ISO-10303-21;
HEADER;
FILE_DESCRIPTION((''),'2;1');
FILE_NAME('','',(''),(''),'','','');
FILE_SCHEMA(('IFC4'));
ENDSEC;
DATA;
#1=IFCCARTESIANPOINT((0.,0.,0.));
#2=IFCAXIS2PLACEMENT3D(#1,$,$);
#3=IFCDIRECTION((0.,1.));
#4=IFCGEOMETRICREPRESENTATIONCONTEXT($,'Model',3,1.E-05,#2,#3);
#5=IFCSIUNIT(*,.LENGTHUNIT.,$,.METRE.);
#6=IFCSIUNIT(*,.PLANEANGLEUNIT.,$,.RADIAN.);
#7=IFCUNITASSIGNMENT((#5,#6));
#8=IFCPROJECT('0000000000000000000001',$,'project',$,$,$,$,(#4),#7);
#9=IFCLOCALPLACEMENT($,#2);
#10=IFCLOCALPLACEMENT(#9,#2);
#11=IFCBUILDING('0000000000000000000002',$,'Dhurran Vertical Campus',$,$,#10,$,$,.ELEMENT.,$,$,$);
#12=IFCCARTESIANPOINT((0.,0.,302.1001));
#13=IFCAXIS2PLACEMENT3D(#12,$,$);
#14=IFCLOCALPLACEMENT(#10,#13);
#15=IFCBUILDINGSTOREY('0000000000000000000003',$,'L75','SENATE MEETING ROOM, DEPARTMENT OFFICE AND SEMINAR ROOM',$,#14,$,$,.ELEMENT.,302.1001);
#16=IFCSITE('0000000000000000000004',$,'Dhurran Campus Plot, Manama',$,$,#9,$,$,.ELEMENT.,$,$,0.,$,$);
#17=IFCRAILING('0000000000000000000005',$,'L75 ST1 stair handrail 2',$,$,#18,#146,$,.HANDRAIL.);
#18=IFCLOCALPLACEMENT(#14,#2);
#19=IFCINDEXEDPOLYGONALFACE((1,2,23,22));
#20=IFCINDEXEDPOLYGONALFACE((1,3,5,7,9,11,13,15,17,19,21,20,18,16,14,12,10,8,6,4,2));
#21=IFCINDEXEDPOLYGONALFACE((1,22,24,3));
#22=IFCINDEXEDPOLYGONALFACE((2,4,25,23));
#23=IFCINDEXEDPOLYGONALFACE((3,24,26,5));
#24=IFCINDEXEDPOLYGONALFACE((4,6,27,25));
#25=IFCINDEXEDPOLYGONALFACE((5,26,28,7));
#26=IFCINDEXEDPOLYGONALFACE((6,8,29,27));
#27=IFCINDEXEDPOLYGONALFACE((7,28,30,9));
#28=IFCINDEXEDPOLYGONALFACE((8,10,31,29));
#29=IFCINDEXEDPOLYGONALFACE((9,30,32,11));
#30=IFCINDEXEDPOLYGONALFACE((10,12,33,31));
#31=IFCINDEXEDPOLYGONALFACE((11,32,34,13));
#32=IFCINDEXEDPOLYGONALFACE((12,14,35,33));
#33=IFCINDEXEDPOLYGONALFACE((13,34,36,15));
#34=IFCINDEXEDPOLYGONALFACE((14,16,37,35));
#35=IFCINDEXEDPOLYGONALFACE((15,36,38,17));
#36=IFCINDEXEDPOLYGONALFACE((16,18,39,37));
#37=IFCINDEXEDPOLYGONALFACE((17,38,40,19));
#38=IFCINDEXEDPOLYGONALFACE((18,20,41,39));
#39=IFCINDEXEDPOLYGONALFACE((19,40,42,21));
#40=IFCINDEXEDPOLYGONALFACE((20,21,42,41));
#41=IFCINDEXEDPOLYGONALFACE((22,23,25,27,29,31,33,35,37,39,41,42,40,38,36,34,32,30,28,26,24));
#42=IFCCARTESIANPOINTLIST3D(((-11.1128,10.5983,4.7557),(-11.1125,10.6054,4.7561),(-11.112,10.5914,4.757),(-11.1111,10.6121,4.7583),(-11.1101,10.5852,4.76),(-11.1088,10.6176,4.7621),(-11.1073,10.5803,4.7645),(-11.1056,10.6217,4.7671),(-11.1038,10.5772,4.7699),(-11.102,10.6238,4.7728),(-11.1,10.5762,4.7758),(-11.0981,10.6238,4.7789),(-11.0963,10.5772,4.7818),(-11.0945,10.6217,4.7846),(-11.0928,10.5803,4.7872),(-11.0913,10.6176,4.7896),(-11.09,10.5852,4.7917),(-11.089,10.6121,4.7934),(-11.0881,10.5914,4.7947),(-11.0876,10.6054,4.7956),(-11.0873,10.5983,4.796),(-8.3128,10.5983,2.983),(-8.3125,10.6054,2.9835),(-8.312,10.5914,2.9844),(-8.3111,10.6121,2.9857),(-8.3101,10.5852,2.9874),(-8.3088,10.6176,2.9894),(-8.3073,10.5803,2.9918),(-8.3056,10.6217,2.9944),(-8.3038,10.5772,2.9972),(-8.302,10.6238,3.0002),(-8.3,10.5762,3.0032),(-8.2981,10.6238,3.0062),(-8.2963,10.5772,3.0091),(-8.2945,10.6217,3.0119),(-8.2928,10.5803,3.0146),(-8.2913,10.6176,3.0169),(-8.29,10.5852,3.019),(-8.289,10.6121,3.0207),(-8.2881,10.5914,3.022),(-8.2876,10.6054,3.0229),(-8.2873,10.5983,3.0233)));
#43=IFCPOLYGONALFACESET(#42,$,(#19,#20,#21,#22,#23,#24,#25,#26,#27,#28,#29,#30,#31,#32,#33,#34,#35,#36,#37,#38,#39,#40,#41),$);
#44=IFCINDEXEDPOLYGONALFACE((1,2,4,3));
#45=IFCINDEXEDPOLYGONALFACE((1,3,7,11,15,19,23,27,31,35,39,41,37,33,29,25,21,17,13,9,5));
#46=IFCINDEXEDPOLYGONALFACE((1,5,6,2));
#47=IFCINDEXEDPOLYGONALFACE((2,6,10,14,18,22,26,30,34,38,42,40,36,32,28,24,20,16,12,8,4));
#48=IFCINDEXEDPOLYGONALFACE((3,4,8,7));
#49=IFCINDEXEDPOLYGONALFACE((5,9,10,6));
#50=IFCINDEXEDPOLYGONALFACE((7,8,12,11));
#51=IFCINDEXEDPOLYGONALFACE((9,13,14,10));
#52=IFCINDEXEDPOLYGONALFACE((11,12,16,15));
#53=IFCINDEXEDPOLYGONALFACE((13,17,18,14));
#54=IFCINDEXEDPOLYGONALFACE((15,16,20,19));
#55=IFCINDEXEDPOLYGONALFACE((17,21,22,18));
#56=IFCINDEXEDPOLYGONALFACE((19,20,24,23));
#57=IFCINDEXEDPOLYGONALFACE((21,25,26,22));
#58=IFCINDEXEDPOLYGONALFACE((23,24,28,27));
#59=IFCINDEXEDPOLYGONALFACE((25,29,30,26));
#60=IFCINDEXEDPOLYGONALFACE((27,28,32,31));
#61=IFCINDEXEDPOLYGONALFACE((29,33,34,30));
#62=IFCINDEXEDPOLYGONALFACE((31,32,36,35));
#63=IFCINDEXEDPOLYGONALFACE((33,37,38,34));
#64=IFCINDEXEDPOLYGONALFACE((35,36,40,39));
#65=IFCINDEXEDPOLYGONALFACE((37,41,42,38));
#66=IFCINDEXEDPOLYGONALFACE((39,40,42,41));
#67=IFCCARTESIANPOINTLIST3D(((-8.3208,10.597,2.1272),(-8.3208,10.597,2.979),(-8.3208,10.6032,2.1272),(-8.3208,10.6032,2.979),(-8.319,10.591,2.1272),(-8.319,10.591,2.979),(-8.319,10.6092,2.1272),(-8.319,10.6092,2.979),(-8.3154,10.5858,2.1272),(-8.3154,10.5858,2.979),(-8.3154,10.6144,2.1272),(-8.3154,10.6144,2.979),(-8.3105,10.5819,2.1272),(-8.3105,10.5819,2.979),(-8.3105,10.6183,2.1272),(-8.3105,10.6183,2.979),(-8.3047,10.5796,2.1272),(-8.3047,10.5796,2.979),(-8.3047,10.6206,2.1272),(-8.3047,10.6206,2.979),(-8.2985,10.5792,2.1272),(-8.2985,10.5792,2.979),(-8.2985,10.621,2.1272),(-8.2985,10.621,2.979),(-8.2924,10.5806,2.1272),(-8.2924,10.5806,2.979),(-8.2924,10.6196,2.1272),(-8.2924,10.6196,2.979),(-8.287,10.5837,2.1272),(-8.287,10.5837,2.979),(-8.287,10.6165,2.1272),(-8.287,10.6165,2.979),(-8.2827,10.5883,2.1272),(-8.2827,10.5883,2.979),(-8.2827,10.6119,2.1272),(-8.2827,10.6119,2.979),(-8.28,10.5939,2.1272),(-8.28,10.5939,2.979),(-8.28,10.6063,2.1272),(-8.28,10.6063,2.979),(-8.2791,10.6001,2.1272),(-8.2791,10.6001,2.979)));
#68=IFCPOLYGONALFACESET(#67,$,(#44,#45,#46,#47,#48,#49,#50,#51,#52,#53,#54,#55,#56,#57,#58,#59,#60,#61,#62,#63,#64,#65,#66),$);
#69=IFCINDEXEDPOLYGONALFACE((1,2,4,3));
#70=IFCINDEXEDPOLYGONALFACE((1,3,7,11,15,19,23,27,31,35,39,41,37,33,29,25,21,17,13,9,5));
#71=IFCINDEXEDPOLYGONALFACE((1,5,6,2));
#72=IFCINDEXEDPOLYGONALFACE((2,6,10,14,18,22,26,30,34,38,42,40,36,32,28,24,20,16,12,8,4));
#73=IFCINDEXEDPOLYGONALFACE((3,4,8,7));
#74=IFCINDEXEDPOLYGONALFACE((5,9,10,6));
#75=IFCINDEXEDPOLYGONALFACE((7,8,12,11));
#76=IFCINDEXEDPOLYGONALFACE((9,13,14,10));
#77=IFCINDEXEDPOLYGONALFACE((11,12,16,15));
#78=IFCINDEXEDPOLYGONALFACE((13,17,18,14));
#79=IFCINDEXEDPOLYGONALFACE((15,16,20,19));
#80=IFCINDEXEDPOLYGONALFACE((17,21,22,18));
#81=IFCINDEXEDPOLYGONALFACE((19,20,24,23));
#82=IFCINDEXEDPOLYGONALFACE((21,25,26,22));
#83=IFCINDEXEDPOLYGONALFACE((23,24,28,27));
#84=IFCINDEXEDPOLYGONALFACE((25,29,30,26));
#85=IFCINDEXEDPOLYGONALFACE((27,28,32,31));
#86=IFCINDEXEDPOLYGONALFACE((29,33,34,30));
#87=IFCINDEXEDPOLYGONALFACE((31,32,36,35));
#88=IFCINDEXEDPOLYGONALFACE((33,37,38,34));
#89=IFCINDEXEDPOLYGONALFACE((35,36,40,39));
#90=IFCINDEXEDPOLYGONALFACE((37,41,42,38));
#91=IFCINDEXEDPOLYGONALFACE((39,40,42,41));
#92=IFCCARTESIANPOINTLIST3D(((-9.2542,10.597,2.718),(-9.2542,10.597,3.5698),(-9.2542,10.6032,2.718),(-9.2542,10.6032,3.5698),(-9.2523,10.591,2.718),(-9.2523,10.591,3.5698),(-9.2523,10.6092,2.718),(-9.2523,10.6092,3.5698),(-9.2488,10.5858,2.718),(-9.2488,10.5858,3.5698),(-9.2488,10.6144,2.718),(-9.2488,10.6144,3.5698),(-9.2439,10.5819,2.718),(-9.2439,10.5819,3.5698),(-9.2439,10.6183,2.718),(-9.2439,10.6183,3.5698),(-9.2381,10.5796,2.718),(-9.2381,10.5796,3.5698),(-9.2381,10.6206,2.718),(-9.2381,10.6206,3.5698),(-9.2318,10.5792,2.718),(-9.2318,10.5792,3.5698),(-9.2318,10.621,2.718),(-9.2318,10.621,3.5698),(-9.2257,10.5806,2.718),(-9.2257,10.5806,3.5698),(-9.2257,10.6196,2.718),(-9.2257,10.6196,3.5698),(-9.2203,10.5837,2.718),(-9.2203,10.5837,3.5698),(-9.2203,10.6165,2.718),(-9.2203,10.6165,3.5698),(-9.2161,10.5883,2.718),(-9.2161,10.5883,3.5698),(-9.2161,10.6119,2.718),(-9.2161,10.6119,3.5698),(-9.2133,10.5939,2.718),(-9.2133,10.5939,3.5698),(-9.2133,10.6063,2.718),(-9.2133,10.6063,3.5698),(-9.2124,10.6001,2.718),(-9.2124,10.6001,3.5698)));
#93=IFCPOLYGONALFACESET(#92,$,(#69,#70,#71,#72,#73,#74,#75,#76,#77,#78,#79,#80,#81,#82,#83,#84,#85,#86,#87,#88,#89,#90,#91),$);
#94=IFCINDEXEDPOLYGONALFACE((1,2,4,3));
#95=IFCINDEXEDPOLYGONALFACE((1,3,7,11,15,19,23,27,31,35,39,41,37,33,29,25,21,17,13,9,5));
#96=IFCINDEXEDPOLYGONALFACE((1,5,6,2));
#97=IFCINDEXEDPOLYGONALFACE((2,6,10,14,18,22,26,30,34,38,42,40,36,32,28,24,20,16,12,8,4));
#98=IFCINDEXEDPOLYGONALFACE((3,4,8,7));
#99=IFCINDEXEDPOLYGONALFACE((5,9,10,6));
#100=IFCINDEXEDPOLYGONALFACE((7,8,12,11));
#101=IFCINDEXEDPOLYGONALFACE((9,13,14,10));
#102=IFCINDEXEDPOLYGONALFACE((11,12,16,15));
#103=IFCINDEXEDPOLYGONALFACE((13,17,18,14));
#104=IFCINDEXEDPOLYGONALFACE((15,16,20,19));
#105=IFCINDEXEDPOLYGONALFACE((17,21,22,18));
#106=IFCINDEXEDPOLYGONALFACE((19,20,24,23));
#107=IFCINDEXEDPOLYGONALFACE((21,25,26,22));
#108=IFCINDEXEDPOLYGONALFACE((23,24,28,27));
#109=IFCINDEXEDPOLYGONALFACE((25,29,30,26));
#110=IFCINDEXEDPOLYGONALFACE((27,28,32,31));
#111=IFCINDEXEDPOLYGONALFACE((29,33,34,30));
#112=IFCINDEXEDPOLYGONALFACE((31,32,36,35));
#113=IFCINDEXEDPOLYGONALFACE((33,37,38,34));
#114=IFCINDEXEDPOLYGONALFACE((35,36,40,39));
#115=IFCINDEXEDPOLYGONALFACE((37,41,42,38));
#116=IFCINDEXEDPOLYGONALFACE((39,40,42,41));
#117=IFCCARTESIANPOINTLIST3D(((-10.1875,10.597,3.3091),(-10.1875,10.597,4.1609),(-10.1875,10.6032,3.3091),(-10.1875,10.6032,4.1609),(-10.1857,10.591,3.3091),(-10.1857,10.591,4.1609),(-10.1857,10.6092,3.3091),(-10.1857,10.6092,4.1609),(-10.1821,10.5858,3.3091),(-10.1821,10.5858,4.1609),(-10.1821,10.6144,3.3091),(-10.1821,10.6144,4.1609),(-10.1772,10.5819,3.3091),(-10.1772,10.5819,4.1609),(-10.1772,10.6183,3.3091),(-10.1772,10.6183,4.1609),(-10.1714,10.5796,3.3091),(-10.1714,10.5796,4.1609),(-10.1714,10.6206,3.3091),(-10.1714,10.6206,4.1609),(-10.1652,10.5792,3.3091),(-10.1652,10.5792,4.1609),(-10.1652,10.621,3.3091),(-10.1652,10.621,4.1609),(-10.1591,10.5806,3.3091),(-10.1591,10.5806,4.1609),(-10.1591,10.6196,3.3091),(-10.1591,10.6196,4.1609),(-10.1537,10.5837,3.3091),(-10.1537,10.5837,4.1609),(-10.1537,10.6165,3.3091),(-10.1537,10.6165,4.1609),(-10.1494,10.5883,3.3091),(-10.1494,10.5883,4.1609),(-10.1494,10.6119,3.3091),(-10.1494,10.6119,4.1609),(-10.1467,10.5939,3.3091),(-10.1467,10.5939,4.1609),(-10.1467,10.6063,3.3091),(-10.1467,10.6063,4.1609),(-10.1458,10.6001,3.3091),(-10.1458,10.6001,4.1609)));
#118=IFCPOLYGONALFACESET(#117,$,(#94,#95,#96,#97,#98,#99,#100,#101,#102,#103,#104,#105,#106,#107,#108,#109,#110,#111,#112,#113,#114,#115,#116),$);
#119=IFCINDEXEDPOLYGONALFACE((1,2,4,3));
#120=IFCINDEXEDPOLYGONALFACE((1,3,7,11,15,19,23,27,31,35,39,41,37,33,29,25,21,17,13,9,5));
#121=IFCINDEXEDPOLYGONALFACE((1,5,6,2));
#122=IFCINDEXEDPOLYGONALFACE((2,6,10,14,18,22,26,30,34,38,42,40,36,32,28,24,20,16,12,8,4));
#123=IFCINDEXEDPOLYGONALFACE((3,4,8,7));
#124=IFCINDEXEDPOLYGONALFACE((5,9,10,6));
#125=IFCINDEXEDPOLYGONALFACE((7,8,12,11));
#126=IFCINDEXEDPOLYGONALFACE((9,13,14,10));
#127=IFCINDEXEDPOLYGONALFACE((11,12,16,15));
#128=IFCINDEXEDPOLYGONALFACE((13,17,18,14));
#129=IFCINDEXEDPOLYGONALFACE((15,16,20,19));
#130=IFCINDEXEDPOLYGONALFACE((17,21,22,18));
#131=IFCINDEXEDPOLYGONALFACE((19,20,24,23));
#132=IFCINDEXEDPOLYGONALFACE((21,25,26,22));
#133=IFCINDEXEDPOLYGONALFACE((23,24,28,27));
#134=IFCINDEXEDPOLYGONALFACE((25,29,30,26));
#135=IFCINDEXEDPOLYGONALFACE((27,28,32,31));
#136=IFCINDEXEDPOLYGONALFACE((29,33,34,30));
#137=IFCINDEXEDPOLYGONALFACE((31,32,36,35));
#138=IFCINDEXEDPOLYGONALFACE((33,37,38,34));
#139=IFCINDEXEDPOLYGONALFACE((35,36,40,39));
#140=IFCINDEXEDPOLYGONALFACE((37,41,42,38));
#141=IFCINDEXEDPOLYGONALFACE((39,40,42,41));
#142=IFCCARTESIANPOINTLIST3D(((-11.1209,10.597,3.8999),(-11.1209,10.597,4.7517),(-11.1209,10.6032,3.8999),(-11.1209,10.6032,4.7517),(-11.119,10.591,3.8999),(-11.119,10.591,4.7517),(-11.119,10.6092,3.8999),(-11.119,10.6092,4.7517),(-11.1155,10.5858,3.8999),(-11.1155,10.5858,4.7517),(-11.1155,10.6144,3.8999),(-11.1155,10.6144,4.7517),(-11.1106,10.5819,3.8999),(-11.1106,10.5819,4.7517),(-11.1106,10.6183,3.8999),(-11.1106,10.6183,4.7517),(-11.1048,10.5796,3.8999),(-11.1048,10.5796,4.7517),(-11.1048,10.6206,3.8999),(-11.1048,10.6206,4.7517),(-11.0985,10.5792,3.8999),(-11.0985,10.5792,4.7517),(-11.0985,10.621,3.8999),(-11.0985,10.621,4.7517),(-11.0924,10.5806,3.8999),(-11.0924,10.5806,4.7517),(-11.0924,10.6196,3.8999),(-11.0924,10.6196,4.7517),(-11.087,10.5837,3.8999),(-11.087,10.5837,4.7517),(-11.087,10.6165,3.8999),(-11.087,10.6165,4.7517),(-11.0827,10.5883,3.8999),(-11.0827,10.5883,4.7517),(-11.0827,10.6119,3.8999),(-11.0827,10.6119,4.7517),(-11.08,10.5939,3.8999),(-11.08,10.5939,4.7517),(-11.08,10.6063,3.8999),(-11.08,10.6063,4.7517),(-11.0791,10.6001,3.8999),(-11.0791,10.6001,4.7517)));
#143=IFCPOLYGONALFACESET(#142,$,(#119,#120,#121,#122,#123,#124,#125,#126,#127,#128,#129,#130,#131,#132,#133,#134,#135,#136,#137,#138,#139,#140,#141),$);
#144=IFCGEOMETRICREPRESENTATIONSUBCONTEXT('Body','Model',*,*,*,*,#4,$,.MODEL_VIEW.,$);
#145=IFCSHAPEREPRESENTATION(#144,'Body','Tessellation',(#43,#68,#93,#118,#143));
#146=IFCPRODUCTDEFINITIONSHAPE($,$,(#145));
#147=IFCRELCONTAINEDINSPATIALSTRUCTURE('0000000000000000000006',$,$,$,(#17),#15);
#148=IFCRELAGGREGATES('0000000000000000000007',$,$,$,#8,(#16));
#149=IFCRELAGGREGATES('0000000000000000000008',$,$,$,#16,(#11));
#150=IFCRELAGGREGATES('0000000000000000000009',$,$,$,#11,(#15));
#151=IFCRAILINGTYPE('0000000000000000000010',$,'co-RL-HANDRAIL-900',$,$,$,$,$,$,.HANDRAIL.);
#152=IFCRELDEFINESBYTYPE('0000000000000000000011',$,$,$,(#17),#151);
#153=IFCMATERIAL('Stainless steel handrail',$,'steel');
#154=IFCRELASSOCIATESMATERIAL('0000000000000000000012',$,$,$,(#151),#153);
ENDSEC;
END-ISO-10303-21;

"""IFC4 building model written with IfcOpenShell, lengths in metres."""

from ifc_helpers import new_model, si_unit, direction, frame, origin, origin_2d, place, context, subcontext, project, spatial, circle, extrude, material, type_object, element, save


model = new_model("IFC4")

# Units and contexts
model_context = context("Model", 3, precision=1e-05, world=origin(), true_north=direction((0.0, 1.0)))
body_context = subcontext(model_context, "Body", "Model", "MODEL_VIEW")
ifc_project = project(units=[si_unit("LENGTHUNIT", "METRE"), si_unit("PLANEANGLEUNIT", "RADIAN")], contexts=[model_context])

# Site, building, storey
site_placement = place(None, origin())
site = spatial("IfcSite", under=ifc_project, at=site_placement, Name="Dhurran Campus Plot, Manama", CompositionType="ELEMENT", RefElevation=0.0)
building_placement = place(site_placement, origin())
building = spatial("IfcBuilding", under=site, at=building_placement, Name="Dhurran Vertical Campus", CompositionType="ELEMENT")
storey_placement = place(building_placement, frame((0.0, 0.0, 302.1001)))
storey = spatial("IfcBuildingStorey", under=building, at=storey_placement, Name="L75", Description="SENATE MEETING ROOM, DEPARTMENT OFFICE AND SEMINAR ROOM", CompositionType="ELEMENT", Elevation=302.1001)

# Railing
ifc_material_1 = material(Name="Stainless steel handrail", Category="steel")
railing_type_1 = type_object("IfcRailingType", Name="co-RL-HANDRAIL-900", PredefinedType="HANDRAIL", material=ifc_material_1)
railing_1_placement = place(storey_placement, frame((-8.3, 10.6001, 2.1272)))
element("IfcRailing", 1, at=railing_1_placement, inside=storey, type_object=railing_type_1, Name="L75 ST1 stair handrail 2", PredefinedType="HANDRAIL", context=body_context, shape_type="SweptSolid", body=[
    extrude(circle(Radius=0.0239, at=origin_2d()), frame((0.0, 0.0, 0.876), z_axis=(-0.844909, 0.0, 0.53491), x_axis=(0.0, -1.0, 0.0)), (0.0, 0.0, 1.0), 3.314),
    extrude(circle(Radius=0.021, at=origin_2d()), origin(), (0.0, 0.0, 1.0), 0.8518),
    extrude(circle(Radius=0.021, at=origin_2d()), frame((-0.9333, 0.0, 0.5908)), (0.0, 0.0, 1.0), 0.8518),
    extrude(circle(Radius=0.021, at=origin_2d()), frame((-1.8667, 0.0, 1.1819)), (0.0, 0.0, 1.0), 0.8518),
    extrude(circle(Radius=0.021, at=origin_2d()), frame((-2.8, 0.0, 1.7727)), (0.0, 0.0, 1.0), 0.8518),
])

save(model, "model.ifc")
